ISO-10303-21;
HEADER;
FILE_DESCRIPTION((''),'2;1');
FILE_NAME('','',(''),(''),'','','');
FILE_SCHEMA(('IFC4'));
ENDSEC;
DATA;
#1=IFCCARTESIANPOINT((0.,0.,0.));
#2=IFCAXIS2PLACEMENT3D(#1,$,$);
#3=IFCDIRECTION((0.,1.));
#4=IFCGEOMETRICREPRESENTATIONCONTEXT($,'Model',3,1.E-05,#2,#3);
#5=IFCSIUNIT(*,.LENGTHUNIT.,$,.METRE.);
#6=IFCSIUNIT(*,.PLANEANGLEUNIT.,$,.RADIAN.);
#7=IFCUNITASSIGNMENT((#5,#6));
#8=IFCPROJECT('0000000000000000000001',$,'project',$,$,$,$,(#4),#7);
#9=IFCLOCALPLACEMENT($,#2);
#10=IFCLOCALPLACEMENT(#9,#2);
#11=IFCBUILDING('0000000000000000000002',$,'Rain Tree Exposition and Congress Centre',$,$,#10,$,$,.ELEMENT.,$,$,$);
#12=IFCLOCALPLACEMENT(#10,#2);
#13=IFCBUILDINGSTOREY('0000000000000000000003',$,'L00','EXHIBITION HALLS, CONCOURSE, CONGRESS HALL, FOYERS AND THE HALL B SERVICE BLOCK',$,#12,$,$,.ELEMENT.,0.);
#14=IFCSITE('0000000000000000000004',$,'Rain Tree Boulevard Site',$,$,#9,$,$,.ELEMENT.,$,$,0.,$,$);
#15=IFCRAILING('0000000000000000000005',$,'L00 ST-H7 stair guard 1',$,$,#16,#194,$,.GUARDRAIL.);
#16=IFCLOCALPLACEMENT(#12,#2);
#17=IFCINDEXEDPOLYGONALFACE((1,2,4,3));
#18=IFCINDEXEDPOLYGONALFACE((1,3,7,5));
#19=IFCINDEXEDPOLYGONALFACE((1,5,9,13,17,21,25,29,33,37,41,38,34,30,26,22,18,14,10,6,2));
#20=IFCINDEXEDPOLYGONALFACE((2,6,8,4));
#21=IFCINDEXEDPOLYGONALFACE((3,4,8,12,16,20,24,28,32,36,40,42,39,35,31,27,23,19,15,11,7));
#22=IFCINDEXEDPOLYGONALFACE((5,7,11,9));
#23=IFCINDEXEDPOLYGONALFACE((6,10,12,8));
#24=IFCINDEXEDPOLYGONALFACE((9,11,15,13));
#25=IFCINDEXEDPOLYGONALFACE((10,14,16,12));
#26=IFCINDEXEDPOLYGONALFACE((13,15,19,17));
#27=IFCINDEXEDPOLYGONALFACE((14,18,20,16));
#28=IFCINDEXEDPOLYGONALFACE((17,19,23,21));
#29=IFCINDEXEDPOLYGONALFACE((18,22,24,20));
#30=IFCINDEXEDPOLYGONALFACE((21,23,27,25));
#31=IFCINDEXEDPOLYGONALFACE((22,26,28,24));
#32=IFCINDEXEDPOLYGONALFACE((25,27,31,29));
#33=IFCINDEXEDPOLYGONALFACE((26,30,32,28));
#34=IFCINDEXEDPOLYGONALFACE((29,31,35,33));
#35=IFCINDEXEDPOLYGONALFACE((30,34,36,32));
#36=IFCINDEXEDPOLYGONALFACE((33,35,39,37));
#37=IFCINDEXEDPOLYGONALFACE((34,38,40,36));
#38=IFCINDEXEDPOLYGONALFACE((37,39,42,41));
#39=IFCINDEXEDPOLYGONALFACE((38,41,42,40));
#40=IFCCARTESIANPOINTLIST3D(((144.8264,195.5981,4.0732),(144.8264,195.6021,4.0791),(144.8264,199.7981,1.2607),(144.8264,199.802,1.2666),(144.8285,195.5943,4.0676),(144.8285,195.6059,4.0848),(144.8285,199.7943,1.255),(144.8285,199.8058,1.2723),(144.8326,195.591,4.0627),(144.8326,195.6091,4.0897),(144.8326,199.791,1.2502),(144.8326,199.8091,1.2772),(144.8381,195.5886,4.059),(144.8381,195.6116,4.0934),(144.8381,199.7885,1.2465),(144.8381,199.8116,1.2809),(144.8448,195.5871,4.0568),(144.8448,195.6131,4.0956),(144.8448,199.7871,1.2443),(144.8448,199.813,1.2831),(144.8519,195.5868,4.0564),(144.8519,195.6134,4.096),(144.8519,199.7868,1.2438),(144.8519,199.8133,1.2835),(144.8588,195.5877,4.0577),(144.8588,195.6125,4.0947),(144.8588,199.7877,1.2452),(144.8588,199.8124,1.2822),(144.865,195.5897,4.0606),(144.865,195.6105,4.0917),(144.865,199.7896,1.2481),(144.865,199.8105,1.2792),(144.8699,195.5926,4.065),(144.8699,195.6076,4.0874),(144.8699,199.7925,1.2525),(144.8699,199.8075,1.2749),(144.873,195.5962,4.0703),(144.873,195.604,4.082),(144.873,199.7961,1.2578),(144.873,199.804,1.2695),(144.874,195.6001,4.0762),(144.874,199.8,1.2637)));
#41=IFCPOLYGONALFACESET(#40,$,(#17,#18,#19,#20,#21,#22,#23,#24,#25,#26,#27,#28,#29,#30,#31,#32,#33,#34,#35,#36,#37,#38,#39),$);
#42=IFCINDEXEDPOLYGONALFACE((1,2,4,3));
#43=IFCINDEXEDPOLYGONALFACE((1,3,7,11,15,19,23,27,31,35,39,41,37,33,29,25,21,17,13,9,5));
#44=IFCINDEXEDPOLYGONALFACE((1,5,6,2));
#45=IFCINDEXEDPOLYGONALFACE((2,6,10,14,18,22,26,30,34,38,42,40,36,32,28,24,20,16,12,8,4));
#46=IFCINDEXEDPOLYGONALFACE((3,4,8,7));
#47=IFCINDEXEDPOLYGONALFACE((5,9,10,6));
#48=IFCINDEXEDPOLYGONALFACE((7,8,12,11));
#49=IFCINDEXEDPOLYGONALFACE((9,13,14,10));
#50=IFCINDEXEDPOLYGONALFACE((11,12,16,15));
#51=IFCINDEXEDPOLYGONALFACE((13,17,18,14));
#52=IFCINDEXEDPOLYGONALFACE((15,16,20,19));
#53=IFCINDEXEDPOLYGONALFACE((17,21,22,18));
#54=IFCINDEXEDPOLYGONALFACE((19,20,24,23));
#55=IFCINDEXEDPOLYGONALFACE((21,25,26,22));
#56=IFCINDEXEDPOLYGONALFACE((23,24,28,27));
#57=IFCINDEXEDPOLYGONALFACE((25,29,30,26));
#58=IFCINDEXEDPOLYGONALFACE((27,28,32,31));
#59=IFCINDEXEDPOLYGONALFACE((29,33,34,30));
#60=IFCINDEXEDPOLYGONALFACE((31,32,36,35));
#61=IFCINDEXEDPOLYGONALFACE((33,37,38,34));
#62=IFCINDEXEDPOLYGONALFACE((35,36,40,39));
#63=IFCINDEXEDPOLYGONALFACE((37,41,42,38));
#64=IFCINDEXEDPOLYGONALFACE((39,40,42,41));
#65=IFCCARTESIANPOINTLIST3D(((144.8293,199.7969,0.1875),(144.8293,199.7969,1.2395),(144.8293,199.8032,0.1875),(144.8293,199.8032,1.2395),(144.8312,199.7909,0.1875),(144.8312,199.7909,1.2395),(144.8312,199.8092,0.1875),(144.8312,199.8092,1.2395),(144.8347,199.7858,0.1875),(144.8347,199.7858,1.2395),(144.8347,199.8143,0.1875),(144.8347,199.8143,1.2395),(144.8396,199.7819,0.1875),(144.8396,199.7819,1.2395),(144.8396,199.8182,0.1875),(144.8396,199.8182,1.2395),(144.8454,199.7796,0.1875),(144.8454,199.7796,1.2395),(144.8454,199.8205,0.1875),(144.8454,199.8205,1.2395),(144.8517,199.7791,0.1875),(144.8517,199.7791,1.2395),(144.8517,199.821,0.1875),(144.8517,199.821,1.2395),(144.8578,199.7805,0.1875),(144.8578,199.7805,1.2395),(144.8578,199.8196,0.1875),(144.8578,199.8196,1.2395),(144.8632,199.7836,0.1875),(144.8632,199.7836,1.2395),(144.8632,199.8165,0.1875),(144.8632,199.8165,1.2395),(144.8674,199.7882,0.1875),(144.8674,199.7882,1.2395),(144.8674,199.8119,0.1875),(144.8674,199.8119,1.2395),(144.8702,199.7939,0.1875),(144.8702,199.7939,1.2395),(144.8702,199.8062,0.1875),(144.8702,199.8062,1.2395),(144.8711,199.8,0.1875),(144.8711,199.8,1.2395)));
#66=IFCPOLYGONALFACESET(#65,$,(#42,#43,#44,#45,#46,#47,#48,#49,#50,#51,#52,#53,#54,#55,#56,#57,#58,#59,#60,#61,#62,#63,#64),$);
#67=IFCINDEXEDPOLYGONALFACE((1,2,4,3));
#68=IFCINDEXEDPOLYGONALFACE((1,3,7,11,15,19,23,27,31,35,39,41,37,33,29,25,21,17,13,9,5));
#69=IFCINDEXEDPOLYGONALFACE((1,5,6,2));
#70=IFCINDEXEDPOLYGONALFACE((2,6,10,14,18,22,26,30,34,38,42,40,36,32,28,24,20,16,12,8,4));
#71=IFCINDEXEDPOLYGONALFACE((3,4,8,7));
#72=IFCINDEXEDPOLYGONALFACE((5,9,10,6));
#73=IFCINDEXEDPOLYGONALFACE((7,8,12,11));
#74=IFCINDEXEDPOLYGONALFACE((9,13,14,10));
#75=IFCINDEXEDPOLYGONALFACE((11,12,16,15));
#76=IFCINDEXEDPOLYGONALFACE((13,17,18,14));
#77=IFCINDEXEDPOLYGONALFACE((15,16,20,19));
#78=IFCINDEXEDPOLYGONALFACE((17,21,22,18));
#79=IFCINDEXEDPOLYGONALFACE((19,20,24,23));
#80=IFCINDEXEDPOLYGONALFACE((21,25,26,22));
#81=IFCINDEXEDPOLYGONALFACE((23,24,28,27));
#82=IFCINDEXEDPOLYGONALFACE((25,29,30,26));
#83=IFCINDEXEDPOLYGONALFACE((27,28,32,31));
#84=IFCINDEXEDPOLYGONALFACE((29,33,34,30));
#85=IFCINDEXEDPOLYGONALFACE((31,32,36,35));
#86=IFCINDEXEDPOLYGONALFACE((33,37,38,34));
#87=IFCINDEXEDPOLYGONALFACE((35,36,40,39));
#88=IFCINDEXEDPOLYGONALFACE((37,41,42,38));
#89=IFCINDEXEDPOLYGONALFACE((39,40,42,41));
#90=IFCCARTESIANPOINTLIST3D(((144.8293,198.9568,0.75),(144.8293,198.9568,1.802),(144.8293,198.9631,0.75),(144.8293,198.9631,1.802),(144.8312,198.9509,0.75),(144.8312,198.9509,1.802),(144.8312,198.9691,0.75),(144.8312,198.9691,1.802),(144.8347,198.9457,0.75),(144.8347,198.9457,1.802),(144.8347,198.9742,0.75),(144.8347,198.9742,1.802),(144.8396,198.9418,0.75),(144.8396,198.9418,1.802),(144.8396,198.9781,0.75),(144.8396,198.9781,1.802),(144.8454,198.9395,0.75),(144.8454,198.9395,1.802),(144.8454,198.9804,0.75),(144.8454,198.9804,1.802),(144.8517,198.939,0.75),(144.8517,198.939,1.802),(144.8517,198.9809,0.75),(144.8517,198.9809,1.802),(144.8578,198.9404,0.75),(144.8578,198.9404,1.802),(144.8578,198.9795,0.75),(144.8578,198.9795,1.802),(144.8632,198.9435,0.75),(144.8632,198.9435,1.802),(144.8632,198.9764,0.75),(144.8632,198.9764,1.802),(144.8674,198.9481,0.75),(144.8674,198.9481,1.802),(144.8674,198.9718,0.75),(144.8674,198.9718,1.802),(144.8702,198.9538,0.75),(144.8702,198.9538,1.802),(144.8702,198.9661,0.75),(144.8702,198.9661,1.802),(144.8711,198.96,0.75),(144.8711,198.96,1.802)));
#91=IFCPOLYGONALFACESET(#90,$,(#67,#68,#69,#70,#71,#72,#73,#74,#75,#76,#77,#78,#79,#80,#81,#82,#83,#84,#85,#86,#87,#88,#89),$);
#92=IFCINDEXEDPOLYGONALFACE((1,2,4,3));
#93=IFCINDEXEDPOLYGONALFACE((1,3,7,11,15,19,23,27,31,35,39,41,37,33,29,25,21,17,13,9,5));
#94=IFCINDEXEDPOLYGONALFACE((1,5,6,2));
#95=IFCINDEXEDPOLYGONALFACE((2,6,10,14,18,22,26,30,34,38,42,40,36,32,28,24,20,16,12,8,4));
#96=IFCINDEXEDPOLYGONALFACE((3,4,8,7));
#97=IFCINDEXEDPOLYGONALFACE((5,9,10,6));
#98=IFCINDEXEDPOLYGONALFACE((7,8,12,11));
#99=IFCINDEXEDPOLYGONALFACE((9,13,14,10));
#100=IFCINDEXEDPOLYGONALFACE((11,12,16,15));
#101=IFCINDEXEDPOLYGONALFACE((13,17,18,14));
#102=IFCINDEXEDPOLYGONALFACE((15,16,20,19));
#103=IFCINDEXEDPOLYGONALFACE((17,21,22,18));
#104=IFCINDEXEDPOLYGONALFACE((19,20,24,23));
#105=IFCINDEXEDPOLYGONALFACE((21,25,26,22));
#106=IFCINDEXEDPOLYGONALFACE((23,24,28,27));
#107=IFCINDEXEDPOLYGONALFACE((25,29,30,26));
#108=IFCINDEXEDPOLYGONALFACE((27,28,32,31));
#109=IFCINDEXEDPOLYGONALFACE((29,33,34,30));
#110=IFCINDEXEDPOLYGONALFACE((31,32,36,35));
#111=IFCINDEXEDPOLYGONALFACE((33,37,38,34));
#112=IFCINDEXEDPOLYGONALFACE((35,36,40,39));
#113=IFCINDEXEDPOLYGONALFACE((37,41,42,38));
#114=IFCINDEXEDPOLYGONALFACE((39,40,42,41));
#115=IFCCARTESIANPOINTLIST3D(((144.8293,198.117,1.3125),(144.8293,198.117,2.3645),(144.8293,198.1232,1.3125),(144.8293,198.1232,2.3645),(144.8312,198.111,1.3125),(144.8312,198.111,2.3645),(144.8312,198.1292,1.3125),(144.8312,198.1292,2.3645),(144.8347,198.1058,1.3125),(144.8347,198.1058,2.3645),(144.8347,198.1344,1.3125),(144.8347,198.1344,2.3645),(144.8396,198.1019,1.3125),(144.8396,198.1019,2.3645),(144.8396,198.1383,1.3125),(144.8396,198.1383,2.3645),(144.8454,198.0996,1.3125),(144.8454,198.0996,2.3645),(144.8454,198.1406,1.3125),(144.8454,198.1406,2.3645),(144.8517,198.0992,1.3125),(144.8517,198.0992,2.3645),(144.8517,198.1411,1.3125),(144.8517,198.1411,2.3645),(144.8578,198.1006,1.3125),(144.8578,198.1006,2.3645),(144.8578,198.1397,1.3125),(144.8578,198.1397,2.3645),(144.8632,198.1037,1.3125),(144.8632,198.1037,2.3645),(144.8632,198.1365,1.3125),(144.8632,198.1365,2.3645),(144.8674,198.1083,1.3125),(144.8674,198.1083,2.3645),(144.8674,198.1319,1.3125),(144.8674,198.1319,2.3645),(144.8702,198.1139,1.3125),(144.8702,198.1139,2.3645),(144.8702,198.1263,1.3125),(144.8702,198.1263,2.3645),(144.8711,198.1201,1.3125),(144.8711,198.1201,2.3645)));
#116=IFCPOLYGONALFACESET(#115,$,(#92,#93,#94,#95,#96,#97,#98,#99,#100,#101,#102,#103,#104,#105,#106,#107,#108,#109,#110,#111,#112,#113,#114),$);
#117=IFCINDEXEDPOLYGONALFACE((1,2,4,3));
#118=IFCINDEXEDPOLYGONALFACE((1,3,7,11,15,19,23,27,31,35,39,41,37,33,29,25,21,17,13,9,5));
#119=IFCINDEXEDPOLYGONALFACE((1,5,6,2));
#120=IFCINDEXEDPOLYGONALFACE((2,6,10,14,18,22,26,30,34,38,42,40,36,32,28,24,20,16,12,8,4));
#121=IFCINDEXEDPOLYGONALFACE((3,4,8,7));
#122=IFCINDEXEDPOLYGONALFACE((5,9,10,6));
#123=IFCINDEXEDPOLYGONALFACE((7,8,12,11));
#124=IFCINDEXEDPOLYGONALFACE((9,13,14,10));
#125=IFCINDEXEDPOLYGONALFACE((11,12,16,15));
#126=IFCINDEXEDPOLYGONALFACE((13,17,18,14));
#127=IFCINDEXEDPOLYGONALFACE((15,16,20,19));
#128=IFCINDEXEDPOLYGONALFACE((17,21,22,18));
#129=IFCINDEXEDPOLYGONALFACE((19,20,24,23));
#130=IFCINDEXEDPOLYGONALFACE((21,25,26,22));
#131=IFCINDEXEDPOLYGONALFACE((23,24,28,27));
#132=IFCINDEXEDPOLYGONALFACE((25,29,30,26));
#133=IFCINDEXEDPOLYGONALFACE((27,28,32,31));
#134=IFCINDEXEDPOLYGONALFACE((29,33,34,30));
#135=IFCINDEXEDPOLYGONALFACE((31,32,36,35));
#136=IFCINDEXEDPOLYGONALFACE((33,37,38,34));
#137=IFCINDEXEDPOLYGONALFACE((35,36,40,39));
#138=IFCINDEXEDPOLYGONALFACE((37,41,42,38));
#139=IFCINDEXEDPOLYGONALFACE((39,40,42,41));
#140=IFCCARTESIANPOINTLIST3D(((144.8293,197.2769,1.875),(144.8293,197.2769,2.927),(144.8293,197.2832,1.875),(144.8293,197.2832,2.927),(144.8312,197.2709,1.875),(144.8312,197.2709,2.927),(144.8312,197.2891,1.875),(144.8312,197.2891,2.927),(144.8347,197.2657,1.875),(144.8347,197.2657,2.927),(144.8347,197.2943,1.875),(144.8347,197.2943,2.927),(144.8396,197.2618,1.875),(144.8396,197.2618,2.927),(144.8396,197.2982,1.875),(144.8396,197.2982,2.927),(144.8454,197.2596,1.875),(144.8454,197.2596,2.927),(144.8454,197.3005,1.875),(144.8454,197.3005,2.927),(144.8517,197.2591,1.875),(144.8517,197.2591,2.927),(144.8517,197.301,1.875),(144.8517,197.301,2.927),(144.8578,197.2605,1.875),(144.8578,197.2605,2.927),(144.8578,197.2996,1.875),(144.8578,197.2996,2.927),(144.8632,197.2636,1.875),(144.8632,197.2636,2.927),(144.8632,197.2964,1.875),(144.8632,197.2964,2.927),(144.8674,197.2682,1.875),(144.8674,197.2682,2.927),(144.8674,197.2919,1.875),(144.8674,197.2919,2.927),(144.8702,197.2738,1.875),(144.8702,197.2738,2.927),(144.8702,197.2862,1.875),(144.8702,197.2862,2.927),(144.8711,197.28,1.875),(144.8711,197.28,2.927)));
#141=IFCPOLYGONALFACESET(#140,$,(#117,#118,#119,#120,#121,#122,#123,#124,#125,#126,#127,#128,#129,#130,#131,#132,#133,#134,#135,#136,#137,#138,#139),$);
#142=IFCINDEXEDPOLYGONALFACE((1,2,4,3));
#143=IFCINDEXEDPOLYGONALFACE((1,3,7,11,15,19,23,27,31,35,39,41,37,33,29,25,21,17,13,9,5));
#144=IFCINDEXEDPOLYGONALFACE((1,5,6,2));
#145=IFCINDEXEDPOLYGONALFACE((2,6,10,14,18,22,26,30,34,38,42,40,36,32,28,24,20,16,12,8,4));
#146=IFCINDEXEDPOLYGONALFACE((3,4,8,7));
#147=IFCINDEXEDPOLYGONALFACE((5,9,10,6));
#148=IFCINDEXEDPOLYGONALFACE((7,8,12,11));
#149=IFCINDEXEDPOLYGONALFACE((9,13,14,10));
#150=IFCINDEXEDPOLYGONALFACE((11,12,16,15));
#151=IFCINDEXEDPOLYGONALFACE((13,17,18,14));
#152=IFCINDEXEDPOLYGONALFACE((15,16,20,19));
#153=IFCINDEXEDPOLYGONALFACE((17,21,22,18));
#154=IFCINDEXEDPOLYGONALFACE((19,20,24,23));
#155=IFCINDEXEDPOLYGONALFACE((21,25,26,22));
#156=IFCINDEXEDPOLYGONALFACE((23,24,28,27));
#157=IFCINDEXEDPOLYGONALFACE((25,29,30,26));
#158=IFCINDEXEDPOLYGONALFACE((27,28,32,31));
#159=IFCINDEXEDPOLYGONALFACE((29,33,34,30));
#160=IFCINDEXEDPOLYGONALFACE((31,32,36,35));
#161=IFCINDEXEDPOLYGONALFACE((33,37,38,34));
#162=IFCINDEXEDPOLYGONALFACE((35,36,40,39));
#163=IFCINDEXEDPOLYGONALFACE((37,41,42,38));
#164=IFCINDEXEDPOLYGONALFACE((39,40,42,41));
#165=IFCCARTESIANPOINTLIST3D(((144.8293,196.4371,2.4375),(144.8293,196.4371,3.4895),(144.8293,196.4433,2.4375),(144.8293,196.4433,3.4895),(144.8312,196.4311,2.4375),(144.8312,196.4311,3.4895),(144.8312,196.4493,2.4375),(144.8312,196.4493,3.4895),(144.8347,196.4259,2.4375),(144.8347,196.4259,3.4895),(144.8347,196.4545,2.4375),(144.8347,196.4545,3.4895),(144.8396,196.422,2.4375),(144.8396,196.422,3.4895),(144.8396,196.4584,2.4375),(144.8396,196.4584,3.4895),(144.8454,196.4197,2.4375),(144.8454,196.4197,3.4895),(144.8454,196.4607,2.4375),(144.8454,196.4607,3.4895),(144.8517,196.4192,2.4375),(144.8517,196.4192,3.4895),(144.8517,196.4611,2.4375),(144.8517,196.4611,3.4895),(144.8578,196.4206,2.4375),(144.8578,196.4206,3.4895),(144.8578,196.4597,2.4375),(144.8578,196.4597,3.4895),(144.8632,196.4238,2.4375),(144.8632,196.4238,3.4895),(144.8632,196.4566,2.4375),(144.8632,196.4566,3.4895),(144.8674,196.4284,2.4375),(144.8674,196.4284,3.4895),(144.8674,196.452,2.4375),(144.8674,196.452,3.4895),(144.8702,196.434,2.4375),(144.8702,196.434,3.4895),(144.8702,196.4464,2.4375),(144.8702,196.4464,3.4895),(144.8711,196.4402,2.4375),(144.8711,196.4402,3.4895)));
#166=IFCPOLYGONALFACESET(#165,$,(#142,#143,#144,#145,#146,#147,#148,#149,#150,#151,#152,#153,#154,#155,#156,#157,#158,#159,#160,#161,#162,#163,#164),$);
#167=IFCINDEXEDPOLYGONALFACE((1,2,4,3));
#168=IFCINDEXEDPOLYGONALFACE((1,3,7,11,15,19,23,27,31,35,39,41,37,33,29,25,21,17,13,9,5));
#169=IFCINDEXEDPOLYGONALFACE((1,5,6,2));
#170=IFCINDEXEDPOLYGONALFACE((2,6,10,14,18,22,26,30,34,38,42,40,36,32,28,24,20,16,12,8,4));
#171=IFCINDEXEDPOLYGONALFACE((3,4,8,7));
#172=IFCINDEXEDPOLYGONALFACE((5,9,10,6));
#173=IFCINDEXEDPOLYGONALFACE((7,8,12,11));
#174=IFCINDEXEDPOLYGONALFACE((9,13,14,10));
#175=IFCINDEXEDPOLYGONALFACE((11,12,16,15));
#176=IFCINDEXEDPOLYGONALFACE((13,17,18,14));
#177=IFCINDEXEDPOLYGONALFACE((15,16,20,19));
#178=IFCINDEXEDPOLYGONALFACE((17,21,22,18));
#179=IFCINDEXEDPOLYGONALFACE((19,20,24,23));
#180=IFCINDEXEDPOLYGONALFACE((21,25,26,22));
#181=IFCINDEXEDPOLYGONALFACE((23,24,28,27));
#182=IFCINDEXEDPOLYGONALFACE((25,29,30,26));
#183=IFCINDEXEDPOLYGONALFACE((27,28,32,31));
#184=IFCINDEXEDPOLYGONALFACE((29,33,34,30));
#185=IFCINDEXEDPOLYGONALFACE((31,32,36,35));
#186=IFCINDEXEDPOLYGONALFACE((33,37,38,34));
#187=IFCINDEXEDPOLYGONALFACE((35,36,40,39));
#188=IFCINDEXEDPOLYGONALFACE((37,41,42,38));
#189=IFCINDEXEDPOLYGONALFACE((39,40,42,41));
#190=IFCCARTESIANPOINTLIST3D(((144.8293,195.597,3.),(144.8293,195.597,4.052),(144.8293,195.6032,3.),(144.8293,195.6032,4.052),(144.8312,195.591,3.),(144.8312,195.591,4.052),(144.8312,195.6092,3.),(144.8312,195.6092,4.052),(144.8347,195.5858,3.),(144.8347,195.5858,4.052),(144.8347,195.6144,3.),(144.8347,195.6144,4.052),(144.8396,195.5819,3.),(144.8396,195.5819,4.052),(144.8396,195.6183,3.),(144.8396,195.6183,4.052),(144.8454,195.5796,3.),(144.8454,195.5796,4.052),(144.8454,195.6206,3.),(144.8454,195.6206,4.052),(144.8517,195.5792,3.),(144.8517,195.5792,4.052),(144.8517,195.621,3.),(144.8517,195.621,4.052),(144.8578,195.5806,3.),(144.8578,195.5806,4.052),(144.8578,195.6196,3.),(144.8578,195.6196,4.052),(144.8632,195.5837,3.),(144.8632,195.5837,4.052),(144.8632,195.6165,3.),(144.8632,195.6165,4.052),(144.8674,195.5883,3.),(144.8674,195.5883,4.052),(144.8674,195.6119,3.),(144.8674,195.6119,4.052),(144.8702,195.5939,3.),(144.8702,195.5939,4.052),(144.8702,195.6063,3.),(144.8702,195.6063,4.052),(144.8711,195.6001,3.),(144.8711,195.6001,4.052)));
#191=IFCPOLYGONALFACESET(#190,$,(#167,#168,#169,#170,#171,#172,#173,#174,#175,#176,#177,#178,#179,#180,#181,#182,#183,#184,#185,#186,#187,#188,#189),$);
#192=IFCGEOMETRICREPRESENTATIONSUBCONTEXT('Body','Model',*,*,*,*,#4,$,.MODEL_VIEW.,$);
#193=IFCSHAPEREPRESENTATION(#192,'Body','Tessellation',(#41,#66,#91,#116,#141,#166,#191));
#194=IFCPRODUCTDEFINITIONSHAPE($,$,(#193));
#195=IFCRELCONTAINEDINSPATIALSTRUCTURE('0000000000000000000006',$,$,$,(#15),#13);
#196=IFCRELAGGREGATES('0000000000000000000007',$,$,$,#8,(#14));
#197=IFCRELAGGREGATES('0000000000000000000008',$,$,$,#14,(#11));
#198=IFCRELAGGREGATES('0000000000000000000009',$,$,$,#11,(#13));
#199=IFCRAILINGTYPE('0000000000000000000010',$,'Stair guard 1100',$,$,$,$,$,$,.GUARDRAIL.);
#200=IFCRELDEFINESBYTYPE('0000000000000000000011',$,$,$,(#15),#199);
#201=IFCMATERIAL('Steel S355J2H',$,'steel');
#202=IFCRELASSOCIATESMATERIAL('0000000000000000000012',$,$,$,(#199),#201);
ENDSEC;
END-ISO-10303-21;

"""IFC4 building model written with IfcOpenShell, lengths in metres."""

from ifc_helpers import new_model, si_unit, direction, frame, origin, origin_2d, place, context, subcontext, project, spatial, circle, extrude, material, type_object, element, save


model = new_model("IFC4")

# Units and contexts
model_context = context("Model", 3, precision=1e-05, world=origin(), true_north=direction((0.0, 1.0)))
body_context = subcontext(model_context, "Body", "Model", "MODEL_VIEW")
ifc_project = project(units=[si_unit("LENGTHUNIT", "METRE"), si_unit("PLANEANGLEUNIT", "RADIAN")], contexts=[model_context])

# Site, building, storey
site_placement = place(None, origin())
site = spatial("IfcSite", under=ifc_project, at=site_placement, Name="Rain Tree Boulevard Site", CompositionType="ELEMENT", RefElevation=0.0)
building_placement = place(site_placement, origin())
building = spatial("IfcBuilding", under=site, at=building_placement, Name="Rain Tree Exposition and Congress Centre", CompositionType="ELEMENT")
storey_placement = place(building_placement, origin())
storey = spatial("IfcBuildingStorey", under=building, at=storey_placement, Name="L00", Description="EXHIBITION HALLS, CONCOURSE, CONGRESS HALL, FOYERS AND THE HALL B SERVICE BLOCK", CompositionType="ELEMENT", Elevation=0.0)

# Railing
ifc_material_1 = material(Name="Steel S355J2H", Category="steel")
railing_type_1 = type_object("IfcRailingType", Name="Stair guard 1100", PredefinedType="GUARDRAIL", material=ifc_material_1)
railing_1_placement = place(storey_placement, frame((144.8501, 199.8, 0.1875)))
element("IfcRailing", 1, at=railing_1_placement, inside=storey, type_object=railing_type_1, Name="L00 ST-H7 stair guard 1", PredefinedType="GUARDRAIL", context=body_context, shape_type="SweptSolid", body=[
    extrude(circle(Radius=0.0239, at=origin_2d()), frame((0.0, 0.0, 1.0762), z_axis=(0.0, -0.830904, 0.556416), x_axis=(1.0, 0.0, 0.0)), (0.0, 0.0, 1.0), 5.0547),
    extrude(circle(Radius=0.021, at=origin_2d()), origin(), (0.0, 0.0, 1.0), 1.052),
    extrude(circle(Radius=0.021, at=origin_2d()), frame((0.0, -0.8401, 0.5625)), (0.0, 0.0, 1.0), 1.052),
    extrude(circle(Radius=0.021, at=origin_2d()), frame((0.0, -1.6799, 1.125)), (0.0, 0.0, 1.0), 1.052),
    extrude(circle(Radius=0.021, at=origin_2d()), frame((0.0, -2.52, 1.6875)), (0.0, 0.0, 1.0), 1.052),
    extrude(circle(Radius=0.021, at=origin_2d()), frame((0.0, -3.3599, 2.25)), (0.0, 0.0, 1.0), 1.052),
    extrude(circle(Radius=0.021, at=origin_2d()), frame((0.0, -4.2, 2.8125)), (0.0, 0.0, 1.0), 1.052),
])

save(model, "model.ifc")
